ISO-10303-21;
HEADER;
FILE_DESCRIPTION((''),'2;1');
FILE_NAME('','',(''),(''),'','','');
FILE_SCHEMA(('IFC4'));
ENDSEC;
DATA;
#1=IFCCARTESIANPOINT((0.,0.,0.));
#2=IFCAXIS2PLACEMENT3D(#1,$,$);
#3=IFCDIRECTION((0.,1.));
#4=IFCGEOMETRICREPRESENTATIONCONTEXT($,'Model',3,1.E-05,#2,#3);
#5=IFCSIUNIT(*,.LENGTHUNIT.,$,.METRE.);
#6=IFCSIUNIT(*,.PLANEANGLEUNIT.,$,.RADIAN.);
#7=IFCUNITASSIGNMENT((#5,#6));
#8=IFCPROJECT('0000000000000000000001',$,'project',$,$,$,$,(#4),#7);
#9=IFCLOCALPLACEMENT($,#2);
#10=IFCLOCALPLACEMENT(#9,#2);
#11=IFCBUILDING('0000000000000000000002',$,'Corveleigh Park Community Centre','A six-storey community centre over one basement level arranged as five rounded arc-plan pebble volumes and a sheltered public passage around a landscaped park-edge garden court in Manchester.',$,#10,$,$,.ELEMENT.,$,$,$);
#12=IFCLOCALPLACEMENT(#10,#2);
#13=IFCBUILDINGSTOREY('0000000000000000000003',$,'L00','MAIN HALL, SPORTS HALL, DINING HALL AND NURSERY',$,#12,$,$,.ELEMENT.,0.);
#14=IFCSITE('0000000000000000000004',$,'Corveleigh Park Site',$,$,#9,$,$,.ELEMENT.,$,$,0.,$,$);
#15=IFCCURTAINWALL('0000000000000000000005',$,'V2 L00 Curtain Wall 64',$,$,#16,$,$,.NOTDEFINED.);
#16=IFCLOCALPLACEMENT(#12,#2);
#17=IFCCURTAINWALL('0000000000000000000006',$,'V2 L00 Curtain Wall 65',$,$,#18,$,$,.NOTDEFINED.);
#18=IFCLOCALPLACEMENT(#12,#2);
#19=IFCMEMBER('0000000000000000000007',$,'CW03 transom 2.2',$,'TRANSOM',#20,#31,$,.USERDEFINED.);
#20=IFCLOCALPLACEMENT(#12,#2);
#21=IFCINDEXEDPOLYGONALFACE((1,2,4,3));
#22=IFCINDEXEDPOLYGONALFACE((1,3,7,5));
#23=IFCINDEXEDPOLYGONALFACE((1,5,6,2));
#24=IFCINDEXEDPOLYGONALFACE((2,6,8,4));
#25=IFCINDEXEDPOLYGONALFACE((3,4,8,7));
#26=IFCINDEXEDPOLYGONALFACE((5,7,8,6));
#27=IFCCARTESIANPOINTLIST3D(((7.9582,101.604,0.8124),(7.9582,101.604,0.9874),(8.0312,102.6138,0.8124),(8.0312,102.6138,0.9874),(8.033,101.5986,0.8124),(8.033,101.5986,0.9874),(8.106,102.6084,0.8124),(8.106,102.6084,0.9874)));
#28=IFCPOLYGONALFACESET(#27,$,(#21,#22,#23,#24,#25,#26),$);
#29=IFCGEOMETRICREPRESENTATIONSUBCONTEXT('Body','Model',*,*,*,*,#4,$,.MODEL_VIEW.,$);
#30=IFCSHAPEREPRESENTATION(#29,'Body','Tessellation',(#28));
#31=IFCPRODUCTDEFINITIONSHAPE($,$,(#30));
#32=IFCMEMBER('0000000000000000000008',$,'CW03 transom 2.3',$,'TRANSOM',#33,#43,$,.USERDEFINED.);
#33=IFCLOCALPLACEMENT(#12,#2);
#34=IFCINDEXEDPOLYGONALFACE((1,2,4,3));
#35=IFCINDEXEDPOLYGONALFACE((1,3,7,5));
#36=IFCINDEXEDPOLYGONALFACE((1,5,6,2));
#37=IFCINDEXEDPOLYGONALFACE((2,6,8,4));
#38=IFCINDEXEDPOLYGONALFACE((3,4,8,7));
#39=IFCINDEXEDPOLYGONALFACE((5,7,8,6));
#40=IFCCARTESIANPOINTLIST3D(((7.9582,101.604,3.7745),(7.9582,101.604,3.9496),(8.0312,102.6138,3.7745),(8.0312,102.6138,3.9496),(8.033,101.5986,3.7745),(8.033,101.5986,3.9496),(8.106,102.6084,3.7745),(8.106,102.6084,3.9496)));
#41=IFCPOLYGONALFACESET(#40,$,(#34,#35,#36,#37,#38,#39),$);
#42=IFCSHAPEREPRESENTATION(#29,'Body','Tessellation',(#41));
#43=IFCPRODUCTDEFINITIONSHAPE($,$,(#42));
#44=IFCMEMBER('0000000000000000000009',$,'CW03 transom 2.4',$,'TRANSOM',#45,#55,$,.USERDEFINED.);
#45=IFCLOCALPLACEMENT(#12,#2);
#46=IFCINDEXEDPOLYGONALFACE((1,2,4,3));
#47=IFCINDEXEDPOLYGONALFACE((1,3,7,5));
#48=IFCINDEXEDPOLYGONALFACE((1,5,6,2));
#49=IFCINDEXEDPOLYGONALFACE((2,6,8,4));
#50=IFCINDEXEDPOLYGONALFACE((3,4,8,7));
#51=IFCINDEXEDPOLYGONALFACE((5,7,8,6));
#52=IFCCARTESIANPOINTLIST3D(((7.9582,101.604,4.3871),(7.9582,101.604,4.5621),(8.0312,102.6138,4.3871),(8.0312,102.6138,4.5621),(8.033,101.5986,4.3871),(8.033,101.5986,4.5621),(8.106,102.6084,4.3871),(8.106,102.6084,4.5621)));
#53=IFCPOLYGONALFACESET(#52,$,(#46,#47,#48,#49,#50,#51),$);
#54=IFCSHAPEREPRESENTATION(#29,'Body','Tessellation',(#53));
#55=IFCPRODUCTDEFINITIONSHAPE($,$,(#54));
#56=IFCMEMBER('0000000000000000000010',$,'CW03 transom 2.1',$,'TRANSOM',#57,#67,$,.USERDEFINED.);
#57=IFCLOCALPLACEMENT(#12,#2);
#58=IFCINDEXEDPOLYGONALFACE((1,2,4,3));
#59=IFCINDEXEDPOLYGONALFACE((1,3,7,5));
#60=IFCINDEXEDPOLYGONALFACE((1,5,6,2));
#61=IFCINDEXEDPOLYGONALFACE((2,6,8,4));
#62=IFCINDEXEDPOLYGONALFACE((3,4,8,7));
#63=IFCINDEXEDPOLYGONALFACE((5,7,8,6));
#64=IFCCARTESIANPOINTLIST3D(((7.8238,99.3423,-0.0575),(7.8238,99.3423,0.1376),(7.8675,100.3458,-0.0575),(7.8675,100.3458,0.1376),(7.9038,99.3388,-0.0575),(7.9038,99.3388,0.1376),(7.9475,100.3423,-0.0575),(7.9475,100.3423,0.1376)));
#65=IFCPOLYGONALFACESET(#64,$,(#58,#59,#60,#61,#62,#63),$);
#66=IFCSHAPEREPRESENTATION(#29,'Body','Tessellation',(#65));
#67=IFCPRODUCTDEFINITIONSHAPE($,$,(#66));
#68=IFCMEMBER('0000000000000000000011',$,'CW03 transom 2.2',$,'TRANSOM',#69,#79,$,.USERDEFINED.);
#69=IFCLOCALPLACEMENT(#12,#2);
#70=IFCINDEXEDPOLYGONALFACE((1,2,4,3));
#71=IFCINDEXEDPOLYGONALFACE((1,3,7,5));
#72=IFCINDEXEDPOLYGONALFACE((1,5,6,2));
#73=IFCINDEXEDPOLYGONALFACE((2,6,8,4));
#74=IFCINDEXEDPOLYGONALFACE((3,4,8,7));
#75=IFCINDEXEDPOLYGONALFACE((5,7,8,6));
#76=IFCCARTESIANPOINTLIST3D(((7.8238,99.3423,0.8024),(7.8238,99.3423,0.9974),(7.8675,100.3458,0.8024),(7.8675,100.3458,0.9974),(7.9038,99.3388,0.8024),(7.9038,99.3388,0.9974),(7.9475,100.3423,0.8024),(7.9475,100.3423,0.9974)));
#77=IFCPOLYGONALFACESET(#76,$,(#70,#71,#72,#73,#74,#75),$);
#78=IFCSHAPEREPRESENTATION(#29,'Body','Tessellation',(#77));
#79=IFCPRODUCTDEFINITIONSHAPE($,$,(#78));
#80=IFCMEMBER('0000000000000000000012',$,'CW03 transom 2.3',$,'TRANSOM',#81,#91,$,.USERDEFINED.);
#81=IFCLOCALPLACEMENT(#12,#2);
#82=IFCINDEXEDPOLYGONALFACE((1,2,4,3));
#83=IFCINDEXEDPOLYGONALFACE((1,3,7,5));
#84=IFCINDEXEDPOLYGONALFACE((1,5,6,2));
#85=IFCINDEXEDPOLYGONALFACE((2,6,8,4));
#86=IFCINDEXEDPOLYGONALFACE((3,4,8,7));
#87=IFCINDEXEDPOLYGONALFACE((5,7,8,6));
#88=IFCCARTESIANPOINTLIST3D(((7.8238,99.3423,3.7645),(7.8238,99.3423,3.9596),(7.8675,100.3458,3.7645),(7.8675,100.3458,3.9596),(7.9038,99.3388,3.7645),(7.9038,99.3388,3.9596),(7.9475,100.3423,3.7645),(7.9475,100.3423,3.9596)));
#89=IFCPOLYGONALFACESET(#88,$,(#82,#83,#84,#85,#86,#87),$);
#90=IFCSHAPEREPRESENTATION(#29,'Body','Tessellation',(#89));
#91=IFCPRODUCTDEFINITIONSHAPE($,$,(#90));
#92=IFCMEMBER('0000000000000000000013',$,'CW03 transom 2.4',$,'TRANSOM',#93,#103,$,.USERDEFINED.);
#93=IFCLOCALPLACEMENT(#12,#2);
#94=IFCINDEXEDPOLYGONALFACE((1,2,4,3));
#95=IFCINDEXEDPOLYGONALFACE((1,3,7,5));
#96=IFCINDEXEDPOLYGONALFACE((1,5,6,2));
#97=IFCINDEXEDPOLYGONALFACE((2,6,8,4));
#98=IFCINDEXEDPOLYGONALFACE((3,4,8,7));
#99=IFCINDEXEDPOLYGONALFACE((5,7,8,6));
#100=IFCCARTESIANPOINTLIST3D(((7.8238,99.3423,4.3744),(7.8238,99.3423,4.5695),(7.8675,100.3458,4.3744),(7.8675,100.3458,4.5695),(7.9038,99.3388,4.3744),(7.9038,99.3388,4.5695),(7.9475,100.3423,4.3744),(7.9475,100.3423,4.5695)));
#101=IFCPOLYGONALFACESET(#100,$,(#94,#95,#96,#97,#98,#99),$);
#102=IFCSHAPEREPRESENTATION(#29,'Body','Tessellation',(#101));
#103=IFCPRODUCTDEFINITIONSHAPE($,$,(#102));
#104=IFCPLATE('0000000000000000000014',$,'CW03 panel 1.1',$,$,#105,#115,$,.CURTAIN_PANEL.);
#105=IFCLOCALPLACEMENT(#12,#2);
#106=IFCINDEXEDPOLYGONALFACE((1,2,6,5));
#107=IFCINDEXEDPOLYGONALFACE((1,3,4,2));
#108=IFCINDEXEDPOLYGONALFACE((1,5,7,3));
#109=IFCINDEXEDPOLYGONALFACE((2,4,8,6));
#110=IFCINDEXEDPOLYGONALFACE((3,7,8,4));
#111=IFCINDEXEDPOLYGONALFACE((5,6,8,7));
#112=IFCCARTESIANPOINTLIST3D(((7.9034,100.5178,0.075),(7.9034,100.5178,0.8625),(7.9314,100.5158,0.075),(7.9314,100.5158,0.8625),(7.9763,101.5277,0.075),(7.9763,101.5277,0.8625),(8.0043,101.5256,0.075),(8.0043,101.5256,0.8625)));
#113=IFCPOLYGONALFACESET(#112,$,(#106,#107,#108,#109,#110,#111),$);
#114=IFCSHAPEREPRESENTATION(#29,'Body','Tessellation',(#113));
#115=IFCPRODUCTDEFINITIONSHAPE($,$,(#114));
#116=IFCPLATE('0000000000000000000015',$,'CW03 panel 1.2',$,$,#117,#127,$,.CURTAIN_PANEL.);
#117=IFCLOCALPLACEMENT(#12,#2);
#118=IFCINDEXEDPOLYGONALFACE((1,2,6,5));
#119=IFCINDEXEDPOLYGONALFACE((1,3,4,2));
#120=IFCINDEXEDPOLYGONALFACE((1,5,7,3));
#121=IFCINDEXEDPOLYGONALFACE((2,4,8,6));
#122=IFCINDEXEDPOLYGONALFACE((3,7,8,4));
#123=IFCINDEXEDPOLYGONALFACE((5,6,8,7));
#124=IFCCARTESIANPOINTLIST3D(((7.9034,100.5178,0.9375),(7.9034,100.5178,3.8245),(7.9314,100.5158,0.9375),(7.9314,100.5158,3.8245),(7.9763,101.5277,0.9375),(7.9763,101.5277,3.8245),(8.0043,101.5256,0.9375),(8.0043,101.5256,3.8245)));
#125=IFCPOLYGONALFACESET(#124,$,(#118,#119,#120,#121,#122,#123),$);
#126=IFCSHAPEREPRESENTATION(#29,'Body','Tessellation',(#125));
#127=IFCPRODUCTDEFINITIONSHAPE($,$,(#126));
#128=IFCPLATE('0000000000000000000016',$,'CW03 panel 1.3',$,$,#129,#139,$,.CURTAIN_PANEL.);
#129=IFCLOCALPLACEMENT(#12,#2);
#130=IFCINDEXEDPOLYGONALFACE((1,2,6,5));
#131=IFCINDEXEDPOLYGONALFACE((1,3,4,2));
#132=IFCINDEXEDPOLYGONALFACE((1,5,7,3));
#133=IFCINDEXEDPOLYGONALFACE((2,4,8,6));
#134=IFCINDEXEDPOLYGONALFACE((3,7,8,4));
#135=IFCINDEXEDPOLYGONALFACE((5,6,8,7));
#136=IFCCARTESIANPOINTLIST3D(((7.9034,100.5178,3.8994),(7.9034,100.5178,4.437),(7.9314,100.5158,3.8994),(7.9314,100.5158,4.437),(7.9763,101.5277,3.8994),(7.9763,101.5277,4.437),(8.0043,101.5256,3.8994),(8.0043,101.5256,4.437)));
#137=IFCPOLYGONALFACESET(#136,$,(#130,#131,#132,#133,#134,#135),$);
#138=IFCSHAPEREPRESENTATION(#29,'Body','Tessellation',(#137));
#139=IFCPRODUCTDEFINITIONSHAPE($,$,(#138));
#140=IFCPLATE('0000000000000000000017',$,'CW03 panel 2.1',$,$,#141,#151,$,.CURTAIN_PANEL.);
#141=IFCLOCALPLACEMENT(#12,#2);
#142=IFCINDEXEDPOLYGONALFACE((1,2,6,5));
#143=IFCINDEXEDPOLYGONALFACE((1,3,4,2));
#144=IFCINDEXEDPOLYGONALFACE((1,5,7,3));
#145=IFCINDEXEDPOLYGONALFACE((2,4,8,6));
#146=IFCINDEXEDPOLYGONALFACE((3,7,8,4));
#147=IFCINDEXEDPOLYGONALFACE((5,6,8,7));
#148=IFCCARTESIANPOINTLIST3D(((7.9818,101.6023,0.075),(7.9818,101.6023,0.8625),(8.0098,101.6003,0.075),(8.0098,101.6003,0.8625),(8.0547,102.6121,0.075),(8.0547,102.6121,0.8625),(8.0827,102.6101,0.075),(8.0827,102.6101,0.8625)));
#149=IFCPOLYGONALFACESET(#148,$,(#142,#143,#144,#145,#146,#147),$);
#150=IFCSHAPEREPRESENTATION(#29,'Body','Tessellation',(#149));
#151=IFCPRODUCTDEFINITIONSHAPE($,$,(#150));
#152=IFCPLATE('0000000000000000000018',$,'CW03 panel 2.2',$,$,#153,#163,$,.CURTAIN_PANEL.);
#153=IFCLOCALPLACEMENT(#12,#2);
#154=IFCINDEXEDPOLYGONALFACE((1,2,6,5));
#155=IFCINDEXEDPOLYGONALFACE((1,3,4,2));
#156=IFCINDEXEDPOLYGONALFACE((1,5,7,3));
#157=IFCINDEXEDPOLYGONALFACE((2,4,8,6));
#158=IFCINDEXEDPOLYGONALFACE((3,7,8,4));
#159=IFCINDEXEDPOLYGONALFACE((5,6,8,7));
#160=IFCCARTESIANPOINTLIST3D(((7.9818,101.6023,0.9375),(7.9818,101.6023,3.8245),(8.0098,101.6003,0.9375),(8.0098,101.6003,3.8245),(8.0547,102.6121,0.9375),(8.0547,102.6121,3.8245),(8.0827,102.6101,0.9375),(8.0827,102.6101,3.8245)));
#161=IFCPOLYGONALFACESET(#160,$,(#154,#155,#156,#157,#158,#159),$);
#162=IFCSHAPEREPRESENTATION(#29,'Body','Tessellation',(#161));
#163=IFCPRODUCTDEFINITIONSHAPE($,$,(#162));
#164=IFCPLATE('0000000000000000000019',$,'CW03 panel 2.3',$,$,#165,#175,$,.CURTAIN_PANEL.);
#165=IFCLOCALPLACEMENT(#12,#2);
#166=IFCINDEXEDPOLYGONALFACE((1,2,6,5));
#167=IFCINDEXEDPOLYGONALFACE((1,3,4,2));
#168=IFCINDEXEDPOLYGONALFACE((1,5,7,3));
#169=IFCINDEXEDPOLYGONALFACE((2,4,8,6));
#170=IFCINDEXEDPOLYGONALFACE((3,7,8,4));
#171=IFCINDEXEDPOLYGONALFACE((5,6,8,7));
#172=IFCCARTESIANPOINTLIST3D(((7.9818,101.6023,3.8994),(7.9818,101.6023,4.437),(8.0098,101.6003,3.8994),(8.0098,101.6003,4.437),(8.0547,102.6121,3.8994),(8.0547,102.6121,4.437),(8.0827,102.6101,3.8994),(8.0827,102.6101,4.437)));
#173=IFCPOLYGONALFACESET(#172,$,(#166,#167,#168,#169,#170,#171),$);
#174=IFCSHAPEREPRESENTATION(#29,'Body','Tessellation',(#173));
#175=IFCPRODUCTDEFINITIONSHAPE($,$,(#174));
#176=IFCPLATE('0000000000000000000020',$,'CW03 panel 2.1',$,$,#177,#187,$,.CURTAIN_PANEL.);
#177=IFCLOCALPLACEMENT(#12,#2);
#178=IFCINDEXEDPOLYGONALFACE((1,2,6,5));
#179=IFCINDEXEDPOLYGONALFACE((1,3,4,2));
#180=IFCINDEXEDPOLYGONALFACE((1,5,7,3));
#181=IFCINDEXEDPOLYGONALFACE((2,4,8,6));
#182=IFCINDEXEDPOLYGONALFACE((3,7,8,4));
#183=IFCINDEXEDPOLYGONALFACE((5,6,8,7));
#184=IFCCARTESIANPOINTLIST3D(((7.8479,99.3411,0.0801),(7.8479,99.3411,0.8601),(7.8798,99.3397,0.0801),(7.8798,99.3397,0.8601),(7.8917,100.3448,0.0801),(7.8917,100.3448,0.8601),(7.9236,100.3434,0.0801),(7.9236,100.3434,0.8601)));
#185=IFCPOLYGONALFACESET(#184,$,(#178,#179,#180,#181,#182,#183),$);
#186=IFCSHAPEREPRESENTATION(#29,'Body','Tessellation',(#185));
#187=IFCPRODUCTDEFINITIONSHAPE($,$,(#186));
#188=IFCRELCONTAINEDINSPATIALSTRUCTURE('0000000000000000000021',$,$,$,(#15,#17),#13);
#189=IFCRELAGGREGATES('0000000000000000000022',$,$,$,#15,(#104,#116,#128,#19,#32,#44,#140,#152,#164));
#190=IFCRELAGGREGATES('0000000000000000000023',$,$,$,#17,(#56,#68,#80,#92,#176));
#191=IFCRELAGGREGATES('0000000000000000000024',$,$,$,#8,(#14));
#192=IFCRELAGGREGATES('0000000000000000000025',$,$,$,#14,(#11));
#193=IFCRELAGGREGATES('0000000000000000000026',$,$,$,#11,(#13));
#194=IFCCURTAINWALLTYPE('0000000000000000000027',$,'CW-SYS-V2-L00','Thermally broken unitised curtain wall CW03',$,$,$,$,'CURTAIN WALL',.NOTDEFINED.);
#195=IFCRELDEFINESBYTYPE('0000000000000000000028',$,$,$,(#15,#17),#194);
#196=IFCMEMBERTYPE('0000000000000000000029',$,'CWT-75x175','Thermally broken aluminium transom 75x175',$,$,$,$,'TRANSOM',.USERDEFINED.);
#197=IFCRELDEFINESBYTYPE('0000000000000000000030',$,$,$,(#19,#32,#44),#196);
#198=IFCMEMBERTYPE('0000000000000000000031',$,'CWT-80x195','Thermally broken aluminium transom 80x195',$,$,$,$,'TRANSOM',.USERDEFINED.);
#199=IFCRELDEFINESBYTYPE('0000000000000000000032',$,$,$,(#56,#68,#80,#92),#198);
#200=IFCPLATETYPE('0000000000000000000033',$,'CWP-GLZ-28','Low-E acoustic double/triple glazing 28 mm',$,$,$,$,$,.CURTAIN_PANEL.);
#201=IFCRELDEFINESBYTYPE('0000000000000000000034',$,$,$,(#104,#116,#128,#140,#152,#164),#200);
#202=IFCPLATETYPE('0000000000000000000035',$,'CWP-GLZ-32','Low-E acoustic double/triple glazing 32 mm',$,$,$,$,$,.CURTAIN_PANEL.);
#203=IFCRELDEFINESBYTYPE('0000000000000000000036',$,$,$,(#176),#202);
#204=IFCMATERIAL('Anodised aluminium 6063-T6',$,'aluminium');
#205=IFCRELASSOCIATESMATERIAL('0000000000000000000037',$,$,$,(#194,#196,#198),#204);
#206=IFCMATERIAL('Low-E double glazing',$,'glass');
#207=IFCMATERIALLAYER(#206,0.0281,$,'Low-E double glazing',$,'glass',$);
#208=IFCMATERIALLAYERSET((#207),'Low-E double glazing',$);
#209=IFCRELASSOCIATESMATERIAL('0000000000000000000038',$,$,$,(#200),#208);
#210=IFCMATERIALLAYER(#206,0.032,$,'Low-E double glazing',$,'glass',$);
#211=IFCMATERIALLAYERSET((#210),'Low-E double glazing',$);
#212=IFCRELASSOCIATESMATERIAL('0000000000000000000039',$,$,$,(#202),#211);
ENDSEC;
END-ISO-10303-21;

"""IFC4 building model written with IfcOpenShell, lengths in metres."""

from ifc_helpers import new_model, si_unit, direction, frame, origin, origin_2d, place, context, subcontext, project, spatial, rectangle, extrude, material, layer, layer_set, material_profile, profile_set, type_object, element, aggregate, save


model = new_model("IFC4")

# Units and contexts
model_context = context("Model", 3, precision=1e-05, world=origin(), true_north=direction((0.0, 1.0)))
body_context = subcontext(model_context, "Body", "Model", "MODEL_VIEW")
ifc_project = project(units=[si_unit("LENGTHUNIT", "METRE"), si_unit("PLANEANGLEUNIT", "RADIAN")], contexts=[model_context])

# Site, building, storey
site_placement = place(None, origin())
site = spatial("IfcSite", under=ifc_project, at=site_placement, Name="Corveleigh Park Site", CompositionType="ELEMENT", RefElevation=0.0)
building_placement = place(site_placement, origin())
building = spatial("IfcBuilding", under=site, at=building_placement, Name="Corveleigh Park Community Centre", Description="A six-storey community centre over one basement level arranged as five rounded arc-plan pebble volumes and a sheltered public passage around a landscaped park-edge garden court in Manchester.", CompositionType="ELEMENT")
storey_placement = place(building_placement, origin())
storey = spatial("IfcBuildingStorey", under=building, at=storey_placement, Name="L00", Description="MAIN HALL, SPORTS HALL, DINING HALL AND NURSERY", CompositionType="ELEMENT", Elevation=0.0)

# Shared definitions
ifc_material_1 = material(Name="Anodised aluminium 6063-T6", Category="aluminium")
curtain_wall_type = type_object("IfcCurtainWallType", Name="CW-SYS-V2-L00", Description="Thermally broken unitised curtain wall CW03", ElementType="CURTAIN WALL", PredefinedType="NOTDEFINED", material=ifc_material_1)

# Curtain wall
curtain_wall_1_placement = place(storey_placement, origin())
curtain_wall_1 = element("IfcCurtainWall", 1, at=curtain_wall_1_placement, inside=storey, type_object=curtain_wall_type, Name="V2 L00 Curtain Wall 64", PredefinedType="NOTDEFINED")

# Curtain wall
curtain_wall_2_placement = place(storey_placement, origin())
curtain_wall_2 = element("IfcCurtainWall", 2, at=curtain_wall_2_placement, inside=storey, type_object=curtain_wall_type, Name="V2 L00 Curtain Wall 65", PredefinedType="NOTDEFINED")

# Members
ifc_material_profile_1 = material_profile(ifc_material_1, rectangle(XDim=0.075, YDim=0.175, at=origin_2d()), Name="ALU-T75x175", Category="aluminium")
ifc_profile_set_1 = profile_set([ifc_material_profile_1], Name="Anodised aluminium 6063-T6")
member_type_1 = type_object("IfcMemberType", Name="CWT-75x175", Description="Thermally broken aluminium transom 75x175", ElementType="TRANSOM", PredefinedType="USERDEFINED", material=ifc_profile_set_1)
member_1_placement = place(storey_placement, frame((7.9956, 101.6013, 0.8999), z_axis=(0.072104, 0.997397, 0.0), x_axis=(-0.997397, 0.072104, 0.0)))
member_1 = element("IfcMember", 3, at=member_1_placement, type_object=member_type_1, Name="CW03 transom 2.2", ObjectType="TRANSOM", PredefinedType="USERDEFINED", context=body_context, shape_type="SweptSolid", body=[
    extrude(rectangle(XDim=0.075, YDim=0.175, at=origin_2d()), origin(), (0.0, 0.0, 1.0), 1.0125),
])
member_2_placement = place(storey_placement, frame((7.9956, 101.6013, 3.8621), z_axis=(0.072104, 0.997397, 0.0), x_axis=(-0.997397, 0.072104, 0.0)))
member_2 = element("IfcMember", 4, at=member_2_placement, type_object=member_type_1, Name="CW03 transom 2.3", ObjectType="TRANSOM", PredefinedType="USERDEFINED", context=body_context, shape_type="SweptSolid", body=[
    extrude(rectangle(XDim=0.075, YDim=0.175, at=origin_2d()), origin(), (0.0, 0.0, 1.0), 1.0125),
])
member_3_placement = place(storey_placement, frame((7.9956, 101.6013, 4.4746), z_axis=(0.072104, 0.997397, 0.0), x_axis=(-0.997397, 0.072104, 0.0)))
member_3 = element("IfcMember", 5, at=member_3_placement, type_object=member_type_1, Name="CW03 transom 2.4", ObjectType="TRANSOM", PredefinedType="USERDEFINED", context=body_context, shape_type="SweptSolid", body=[
    extrude(rectangle(XDim=0.075, YDim=0.175, at=origin_2d()), origin(), (0.0, 0.0, 1.0), 1.0125),
])
ifc_material_profile_2 = material_profile(ifc_material_1, rectangle(XDim=0.0801, YDim=0.1951, at=origin_2d()), Name="ALU-T80x195", Category="aluminium")
ifc_profile_set_2 = profile_set([ifc_material_profile_2], Name="Anodised aluminium 6063-T6")
member_type_2 = type_object("IfcMemberType", Name="CWT-80x195", Description="Thermally broken aluminium transom 80x195", ElementType="TRANSOM", PredefinedType="USERDEFINED", material=ifc_profile_set_2)
member_4_placement = place(storey_placement, frame((7.8638, 99.3406, 0.04), z_axis=(0.043511, 0.999053, 0.0), x_axis=(-0.999053, 0.043511, 0.0)))
member_4 = element("IfcMember", 6, at=member_4_placement, type_object=member_type_2, Name="CW03 transom 2.1", ObjectType="TRANSOM", PredefinedType="USERDEFINED", context=body_context, shape_type="SweptSolid", body=[
    extrude(rectangle(XDim=0.0801, YDim=0.1951, at=origin_2d()), origin(), (0.0, 0.0, 1.0), 1.0044),
])
member_5_placement = place(storey_placement, frame((7.8638, 99.3406, 0.8999), z_axis=(0.043511, 0.999053, 0.0), x_axis=(-0.999053, 0.043511, 0.0)))
member_5 = element("IfcMember", 7, at=member_5_placement, type_object=member_type_2, Name="CW03 transom 2.2", ObjectType="TRANSOM", PredefinedType="USERDEFINED", context=body_context, shape_type="SweptSolid", body=[
    extrude(rectangle(XDim=0.0801, YDim=0.1951, at=origin_2d()), origin(), (0.0, 0.0, 1.0), 1.0044),
])
member_6_placement = place(storey_placement, frame((7.8638, 99.3406, 3.8621), z_axis=(0.043511, 0.999053, 0.0), x_axis=(-0.999053, 0.043511, 0.0)))
member_6 = element("IfcMember", 8, at=member_6_placement, type_object=member_type_2, Name="CW03 transom 2.3", ObjectType="TRANSOM", PredefinedType="USERDEFINED", context=body_context, shape_type="SweptSolid", body=[
    extrude(rectangle(XDim=0.0801, YDim=0.1951, at=origin_2d()), origin(), (0.0, 0.0, 1.0), 1.0044),
])
member_7_placement = place(storey_placement, frame((7.8638, 99.3406, 4.4719), z_axis=(0.043511, 0.999053, 0.0), x_axis=(-0.999053, 0.043511, 0.0)))
member_7 = element("IfcMember", 9, at=member_7_placement, type_object=member_type_2, Name="CW03 transom 2.4", ObjectType="TRANSOM", PredefinedType="USERDEFINED", context=body_context, shape_type="SweptSolid", body=[
    extrude(rectangle(XDim=0.0801, YDim=0.1951, at=origin_2d()), origin(), (0.0, 0.0, 1.0), 1.0044),
])

# Plates
ifc_material_2 = material(Name="Low-E double glazing", Category="glass")
ifc_layer_1 = layer(ifc_material_2, 0.0281, Name="Low-E double glazing", Category="glass")
ifc_layer_set_1 = layer_set([ifc_layer_1], Name="Low-E double glazing")
plate_type_1 = type_object("IfcPlateType", Name="CWP-GLZ-28", Description="Low-E acoustic double/triple glazing 28 mm", PredefinedType="CURTAIN_PANEL", material=ifc_layer_set_1)
plate_1_placement = place(storey_placement, frame((7.9539, 101.0217, 0.075), z_axis=(0.0, 0.0, 1.0), x_axis=(0.072005, 0.997404, 0.0)))
plate_1 = element("IfcPlate", 10, at=plate_1_placement, type_object=plate_type_1, Name="CW03 panel 1.1", PredefinedType="CURTAIN_PANEL", context=body_context, shape_type="SweptSolid", body=[
    extrude(rectangle(XDim=1.0125, YDim=0.0281, at=origin_2d()), origin(), (0.0, 0.0, 1.0), 0.7876),
])
plate_2_placement = place(storey_placement, frame((7.9539, 101.0217, 0.9375), z_axis=(0.0, 0.0, 1.0), x_axis=(0.072005, 0.997404, 0.0)))
plate_2 = element("IfcPlate", 11, at=plate_2_placement, type_object=plate_type_1, Name="CW03 panel 1.2", PredefinedType="CURTAIN_PANEL", context=body_context, shape_type="SweptSolid", body=[
    extrude(rectangle(XDim=1.0125, YDim=0.0281, at=origin_2d()), origin(), (0.0, 0.0, 1.0), 2.887),
])
plate_3_placement = place(storey_placement, frame((7.9539, 101.0217, 3.8994), z_axis=(0.0, 0.0, 1.0), x_axis=(0.072005, 0.997404, 0.0)))
plate_3 = element("IfcPlate", 12, at=plate_3_placement, type_object=plate_type_1, Name="CW03 panel 1.3", PredefinedType="CURTAIN_PANEL", context=body_context, shape_type="SweptSolid", body=[
    extrude(rectangle(XDim=1.0125, YDim=0.0281, at=origin_2d()), origin(), (0.0, 0.0, 1.0), 0.5376),
])
plate_4_placement = place(storey_placement, frame((8.0322, 102.1062, 0.075), z_axis=(0.0, 0.0, 1.0), x_axis=(0.072005, 0.997404, 0.0)))
plate_4 = element("IfcPlate", 13, at=plate_4_placement, type_object=plate_type_1, Name="CW03 panel 2.1", PredefinedType="CURTAIN_PANEL", context=body_context, shape_type="SweptSolid", body=[
    extrude(rectangle(XDim=1.0125, YDim=0.0281, at=origin_2d()), origin(), (0.0, 0.0, 1.0), 0.7876),
])
plate_5_placement = place(storey_placement, frame((8.0322, 102.1062, 0.9375), z_axis=(0.0, 0.0, 1.0), x_axis=(0.072005, 0.997404, 0.0)))
plate_5 = element("IfcPlate", 14, at=plate_5_placement, type_object=plate_type_1, Name="CW03 panel 2.2", PredefinedType="CURTAIN_PANEL", context=body_context, shape_type="SweptSolid", body=[
    extrude(rectangle(XDim=1.0125, YDim=0.0281, at=origin_2d()), origin(), (0.0, 0.0, 1.0), 2.887),
])
plate_6_placement = place(storey_placement, frame((8.0322, 102.1062, 3.8994), z_axis=(0.0, 0.0, 1.0), x_axis=(0.072005, 0.997404, 0.0)))
plate_6 = element("IfcPlate", 15, at=plate_6_placement, type_object=plate_type_1, Name="CW03 panel 2.3", PredefinedType="CURTAIN_PANEL", context=body_context, shape_type="SweptSolid", body=[
    extrude(rectangle(XDim=1.0125, YDim=0.0281, at=origin_2d()), origin(), (0.0, 0.0, 1.0), 0.5376),
])
aggregate(curtain_wall_1, [plate_1, plate_2, plate_3, member_1, member_2, member_3, plate_4, plate_5, plate_6])
ifc_layer_2 = layer(ifc_material_2, 0.032, Name="Low-E double glazing", Category="glass")
ifc_layer_set_2 = layer_set([ifc_layer_2], Name="Low-E double glazing")
plate_type_2 = type_object("IfcPlateType", Name="CWP-GLZ-32", Description="Low-E acoustic double/triple glazing 32 mm", PredefinedType="CURTAIN_PANEL", material=ifc_layer_set_2)
plate_7_placement = place(storey_placement, frame((7.8857, 99.8423, 0.0801), z_axis=(0.0, 0.0, 1.0), x_axis=(0.043572, 0.99905, 0.0)))
plate_7 = element("IfcPlate", 16, at=plate_7_placement, type_object=plate_type_2, Name="CW03 panel 2.1", PredefinedType="CURTAIN_PANEL", context=body_context, shape_type="SweptSolid", body=[
    extrude(rectangle(XDim=1.0046, YDim=0.032, at=origin_2d()), origin(), (0.0, 0.0, 1.0), 0.78),
])
aggregate(curtain_wall_2, [member_4, member_5, member_6, member_7, plate_7])

save(model, "model.ifc")
